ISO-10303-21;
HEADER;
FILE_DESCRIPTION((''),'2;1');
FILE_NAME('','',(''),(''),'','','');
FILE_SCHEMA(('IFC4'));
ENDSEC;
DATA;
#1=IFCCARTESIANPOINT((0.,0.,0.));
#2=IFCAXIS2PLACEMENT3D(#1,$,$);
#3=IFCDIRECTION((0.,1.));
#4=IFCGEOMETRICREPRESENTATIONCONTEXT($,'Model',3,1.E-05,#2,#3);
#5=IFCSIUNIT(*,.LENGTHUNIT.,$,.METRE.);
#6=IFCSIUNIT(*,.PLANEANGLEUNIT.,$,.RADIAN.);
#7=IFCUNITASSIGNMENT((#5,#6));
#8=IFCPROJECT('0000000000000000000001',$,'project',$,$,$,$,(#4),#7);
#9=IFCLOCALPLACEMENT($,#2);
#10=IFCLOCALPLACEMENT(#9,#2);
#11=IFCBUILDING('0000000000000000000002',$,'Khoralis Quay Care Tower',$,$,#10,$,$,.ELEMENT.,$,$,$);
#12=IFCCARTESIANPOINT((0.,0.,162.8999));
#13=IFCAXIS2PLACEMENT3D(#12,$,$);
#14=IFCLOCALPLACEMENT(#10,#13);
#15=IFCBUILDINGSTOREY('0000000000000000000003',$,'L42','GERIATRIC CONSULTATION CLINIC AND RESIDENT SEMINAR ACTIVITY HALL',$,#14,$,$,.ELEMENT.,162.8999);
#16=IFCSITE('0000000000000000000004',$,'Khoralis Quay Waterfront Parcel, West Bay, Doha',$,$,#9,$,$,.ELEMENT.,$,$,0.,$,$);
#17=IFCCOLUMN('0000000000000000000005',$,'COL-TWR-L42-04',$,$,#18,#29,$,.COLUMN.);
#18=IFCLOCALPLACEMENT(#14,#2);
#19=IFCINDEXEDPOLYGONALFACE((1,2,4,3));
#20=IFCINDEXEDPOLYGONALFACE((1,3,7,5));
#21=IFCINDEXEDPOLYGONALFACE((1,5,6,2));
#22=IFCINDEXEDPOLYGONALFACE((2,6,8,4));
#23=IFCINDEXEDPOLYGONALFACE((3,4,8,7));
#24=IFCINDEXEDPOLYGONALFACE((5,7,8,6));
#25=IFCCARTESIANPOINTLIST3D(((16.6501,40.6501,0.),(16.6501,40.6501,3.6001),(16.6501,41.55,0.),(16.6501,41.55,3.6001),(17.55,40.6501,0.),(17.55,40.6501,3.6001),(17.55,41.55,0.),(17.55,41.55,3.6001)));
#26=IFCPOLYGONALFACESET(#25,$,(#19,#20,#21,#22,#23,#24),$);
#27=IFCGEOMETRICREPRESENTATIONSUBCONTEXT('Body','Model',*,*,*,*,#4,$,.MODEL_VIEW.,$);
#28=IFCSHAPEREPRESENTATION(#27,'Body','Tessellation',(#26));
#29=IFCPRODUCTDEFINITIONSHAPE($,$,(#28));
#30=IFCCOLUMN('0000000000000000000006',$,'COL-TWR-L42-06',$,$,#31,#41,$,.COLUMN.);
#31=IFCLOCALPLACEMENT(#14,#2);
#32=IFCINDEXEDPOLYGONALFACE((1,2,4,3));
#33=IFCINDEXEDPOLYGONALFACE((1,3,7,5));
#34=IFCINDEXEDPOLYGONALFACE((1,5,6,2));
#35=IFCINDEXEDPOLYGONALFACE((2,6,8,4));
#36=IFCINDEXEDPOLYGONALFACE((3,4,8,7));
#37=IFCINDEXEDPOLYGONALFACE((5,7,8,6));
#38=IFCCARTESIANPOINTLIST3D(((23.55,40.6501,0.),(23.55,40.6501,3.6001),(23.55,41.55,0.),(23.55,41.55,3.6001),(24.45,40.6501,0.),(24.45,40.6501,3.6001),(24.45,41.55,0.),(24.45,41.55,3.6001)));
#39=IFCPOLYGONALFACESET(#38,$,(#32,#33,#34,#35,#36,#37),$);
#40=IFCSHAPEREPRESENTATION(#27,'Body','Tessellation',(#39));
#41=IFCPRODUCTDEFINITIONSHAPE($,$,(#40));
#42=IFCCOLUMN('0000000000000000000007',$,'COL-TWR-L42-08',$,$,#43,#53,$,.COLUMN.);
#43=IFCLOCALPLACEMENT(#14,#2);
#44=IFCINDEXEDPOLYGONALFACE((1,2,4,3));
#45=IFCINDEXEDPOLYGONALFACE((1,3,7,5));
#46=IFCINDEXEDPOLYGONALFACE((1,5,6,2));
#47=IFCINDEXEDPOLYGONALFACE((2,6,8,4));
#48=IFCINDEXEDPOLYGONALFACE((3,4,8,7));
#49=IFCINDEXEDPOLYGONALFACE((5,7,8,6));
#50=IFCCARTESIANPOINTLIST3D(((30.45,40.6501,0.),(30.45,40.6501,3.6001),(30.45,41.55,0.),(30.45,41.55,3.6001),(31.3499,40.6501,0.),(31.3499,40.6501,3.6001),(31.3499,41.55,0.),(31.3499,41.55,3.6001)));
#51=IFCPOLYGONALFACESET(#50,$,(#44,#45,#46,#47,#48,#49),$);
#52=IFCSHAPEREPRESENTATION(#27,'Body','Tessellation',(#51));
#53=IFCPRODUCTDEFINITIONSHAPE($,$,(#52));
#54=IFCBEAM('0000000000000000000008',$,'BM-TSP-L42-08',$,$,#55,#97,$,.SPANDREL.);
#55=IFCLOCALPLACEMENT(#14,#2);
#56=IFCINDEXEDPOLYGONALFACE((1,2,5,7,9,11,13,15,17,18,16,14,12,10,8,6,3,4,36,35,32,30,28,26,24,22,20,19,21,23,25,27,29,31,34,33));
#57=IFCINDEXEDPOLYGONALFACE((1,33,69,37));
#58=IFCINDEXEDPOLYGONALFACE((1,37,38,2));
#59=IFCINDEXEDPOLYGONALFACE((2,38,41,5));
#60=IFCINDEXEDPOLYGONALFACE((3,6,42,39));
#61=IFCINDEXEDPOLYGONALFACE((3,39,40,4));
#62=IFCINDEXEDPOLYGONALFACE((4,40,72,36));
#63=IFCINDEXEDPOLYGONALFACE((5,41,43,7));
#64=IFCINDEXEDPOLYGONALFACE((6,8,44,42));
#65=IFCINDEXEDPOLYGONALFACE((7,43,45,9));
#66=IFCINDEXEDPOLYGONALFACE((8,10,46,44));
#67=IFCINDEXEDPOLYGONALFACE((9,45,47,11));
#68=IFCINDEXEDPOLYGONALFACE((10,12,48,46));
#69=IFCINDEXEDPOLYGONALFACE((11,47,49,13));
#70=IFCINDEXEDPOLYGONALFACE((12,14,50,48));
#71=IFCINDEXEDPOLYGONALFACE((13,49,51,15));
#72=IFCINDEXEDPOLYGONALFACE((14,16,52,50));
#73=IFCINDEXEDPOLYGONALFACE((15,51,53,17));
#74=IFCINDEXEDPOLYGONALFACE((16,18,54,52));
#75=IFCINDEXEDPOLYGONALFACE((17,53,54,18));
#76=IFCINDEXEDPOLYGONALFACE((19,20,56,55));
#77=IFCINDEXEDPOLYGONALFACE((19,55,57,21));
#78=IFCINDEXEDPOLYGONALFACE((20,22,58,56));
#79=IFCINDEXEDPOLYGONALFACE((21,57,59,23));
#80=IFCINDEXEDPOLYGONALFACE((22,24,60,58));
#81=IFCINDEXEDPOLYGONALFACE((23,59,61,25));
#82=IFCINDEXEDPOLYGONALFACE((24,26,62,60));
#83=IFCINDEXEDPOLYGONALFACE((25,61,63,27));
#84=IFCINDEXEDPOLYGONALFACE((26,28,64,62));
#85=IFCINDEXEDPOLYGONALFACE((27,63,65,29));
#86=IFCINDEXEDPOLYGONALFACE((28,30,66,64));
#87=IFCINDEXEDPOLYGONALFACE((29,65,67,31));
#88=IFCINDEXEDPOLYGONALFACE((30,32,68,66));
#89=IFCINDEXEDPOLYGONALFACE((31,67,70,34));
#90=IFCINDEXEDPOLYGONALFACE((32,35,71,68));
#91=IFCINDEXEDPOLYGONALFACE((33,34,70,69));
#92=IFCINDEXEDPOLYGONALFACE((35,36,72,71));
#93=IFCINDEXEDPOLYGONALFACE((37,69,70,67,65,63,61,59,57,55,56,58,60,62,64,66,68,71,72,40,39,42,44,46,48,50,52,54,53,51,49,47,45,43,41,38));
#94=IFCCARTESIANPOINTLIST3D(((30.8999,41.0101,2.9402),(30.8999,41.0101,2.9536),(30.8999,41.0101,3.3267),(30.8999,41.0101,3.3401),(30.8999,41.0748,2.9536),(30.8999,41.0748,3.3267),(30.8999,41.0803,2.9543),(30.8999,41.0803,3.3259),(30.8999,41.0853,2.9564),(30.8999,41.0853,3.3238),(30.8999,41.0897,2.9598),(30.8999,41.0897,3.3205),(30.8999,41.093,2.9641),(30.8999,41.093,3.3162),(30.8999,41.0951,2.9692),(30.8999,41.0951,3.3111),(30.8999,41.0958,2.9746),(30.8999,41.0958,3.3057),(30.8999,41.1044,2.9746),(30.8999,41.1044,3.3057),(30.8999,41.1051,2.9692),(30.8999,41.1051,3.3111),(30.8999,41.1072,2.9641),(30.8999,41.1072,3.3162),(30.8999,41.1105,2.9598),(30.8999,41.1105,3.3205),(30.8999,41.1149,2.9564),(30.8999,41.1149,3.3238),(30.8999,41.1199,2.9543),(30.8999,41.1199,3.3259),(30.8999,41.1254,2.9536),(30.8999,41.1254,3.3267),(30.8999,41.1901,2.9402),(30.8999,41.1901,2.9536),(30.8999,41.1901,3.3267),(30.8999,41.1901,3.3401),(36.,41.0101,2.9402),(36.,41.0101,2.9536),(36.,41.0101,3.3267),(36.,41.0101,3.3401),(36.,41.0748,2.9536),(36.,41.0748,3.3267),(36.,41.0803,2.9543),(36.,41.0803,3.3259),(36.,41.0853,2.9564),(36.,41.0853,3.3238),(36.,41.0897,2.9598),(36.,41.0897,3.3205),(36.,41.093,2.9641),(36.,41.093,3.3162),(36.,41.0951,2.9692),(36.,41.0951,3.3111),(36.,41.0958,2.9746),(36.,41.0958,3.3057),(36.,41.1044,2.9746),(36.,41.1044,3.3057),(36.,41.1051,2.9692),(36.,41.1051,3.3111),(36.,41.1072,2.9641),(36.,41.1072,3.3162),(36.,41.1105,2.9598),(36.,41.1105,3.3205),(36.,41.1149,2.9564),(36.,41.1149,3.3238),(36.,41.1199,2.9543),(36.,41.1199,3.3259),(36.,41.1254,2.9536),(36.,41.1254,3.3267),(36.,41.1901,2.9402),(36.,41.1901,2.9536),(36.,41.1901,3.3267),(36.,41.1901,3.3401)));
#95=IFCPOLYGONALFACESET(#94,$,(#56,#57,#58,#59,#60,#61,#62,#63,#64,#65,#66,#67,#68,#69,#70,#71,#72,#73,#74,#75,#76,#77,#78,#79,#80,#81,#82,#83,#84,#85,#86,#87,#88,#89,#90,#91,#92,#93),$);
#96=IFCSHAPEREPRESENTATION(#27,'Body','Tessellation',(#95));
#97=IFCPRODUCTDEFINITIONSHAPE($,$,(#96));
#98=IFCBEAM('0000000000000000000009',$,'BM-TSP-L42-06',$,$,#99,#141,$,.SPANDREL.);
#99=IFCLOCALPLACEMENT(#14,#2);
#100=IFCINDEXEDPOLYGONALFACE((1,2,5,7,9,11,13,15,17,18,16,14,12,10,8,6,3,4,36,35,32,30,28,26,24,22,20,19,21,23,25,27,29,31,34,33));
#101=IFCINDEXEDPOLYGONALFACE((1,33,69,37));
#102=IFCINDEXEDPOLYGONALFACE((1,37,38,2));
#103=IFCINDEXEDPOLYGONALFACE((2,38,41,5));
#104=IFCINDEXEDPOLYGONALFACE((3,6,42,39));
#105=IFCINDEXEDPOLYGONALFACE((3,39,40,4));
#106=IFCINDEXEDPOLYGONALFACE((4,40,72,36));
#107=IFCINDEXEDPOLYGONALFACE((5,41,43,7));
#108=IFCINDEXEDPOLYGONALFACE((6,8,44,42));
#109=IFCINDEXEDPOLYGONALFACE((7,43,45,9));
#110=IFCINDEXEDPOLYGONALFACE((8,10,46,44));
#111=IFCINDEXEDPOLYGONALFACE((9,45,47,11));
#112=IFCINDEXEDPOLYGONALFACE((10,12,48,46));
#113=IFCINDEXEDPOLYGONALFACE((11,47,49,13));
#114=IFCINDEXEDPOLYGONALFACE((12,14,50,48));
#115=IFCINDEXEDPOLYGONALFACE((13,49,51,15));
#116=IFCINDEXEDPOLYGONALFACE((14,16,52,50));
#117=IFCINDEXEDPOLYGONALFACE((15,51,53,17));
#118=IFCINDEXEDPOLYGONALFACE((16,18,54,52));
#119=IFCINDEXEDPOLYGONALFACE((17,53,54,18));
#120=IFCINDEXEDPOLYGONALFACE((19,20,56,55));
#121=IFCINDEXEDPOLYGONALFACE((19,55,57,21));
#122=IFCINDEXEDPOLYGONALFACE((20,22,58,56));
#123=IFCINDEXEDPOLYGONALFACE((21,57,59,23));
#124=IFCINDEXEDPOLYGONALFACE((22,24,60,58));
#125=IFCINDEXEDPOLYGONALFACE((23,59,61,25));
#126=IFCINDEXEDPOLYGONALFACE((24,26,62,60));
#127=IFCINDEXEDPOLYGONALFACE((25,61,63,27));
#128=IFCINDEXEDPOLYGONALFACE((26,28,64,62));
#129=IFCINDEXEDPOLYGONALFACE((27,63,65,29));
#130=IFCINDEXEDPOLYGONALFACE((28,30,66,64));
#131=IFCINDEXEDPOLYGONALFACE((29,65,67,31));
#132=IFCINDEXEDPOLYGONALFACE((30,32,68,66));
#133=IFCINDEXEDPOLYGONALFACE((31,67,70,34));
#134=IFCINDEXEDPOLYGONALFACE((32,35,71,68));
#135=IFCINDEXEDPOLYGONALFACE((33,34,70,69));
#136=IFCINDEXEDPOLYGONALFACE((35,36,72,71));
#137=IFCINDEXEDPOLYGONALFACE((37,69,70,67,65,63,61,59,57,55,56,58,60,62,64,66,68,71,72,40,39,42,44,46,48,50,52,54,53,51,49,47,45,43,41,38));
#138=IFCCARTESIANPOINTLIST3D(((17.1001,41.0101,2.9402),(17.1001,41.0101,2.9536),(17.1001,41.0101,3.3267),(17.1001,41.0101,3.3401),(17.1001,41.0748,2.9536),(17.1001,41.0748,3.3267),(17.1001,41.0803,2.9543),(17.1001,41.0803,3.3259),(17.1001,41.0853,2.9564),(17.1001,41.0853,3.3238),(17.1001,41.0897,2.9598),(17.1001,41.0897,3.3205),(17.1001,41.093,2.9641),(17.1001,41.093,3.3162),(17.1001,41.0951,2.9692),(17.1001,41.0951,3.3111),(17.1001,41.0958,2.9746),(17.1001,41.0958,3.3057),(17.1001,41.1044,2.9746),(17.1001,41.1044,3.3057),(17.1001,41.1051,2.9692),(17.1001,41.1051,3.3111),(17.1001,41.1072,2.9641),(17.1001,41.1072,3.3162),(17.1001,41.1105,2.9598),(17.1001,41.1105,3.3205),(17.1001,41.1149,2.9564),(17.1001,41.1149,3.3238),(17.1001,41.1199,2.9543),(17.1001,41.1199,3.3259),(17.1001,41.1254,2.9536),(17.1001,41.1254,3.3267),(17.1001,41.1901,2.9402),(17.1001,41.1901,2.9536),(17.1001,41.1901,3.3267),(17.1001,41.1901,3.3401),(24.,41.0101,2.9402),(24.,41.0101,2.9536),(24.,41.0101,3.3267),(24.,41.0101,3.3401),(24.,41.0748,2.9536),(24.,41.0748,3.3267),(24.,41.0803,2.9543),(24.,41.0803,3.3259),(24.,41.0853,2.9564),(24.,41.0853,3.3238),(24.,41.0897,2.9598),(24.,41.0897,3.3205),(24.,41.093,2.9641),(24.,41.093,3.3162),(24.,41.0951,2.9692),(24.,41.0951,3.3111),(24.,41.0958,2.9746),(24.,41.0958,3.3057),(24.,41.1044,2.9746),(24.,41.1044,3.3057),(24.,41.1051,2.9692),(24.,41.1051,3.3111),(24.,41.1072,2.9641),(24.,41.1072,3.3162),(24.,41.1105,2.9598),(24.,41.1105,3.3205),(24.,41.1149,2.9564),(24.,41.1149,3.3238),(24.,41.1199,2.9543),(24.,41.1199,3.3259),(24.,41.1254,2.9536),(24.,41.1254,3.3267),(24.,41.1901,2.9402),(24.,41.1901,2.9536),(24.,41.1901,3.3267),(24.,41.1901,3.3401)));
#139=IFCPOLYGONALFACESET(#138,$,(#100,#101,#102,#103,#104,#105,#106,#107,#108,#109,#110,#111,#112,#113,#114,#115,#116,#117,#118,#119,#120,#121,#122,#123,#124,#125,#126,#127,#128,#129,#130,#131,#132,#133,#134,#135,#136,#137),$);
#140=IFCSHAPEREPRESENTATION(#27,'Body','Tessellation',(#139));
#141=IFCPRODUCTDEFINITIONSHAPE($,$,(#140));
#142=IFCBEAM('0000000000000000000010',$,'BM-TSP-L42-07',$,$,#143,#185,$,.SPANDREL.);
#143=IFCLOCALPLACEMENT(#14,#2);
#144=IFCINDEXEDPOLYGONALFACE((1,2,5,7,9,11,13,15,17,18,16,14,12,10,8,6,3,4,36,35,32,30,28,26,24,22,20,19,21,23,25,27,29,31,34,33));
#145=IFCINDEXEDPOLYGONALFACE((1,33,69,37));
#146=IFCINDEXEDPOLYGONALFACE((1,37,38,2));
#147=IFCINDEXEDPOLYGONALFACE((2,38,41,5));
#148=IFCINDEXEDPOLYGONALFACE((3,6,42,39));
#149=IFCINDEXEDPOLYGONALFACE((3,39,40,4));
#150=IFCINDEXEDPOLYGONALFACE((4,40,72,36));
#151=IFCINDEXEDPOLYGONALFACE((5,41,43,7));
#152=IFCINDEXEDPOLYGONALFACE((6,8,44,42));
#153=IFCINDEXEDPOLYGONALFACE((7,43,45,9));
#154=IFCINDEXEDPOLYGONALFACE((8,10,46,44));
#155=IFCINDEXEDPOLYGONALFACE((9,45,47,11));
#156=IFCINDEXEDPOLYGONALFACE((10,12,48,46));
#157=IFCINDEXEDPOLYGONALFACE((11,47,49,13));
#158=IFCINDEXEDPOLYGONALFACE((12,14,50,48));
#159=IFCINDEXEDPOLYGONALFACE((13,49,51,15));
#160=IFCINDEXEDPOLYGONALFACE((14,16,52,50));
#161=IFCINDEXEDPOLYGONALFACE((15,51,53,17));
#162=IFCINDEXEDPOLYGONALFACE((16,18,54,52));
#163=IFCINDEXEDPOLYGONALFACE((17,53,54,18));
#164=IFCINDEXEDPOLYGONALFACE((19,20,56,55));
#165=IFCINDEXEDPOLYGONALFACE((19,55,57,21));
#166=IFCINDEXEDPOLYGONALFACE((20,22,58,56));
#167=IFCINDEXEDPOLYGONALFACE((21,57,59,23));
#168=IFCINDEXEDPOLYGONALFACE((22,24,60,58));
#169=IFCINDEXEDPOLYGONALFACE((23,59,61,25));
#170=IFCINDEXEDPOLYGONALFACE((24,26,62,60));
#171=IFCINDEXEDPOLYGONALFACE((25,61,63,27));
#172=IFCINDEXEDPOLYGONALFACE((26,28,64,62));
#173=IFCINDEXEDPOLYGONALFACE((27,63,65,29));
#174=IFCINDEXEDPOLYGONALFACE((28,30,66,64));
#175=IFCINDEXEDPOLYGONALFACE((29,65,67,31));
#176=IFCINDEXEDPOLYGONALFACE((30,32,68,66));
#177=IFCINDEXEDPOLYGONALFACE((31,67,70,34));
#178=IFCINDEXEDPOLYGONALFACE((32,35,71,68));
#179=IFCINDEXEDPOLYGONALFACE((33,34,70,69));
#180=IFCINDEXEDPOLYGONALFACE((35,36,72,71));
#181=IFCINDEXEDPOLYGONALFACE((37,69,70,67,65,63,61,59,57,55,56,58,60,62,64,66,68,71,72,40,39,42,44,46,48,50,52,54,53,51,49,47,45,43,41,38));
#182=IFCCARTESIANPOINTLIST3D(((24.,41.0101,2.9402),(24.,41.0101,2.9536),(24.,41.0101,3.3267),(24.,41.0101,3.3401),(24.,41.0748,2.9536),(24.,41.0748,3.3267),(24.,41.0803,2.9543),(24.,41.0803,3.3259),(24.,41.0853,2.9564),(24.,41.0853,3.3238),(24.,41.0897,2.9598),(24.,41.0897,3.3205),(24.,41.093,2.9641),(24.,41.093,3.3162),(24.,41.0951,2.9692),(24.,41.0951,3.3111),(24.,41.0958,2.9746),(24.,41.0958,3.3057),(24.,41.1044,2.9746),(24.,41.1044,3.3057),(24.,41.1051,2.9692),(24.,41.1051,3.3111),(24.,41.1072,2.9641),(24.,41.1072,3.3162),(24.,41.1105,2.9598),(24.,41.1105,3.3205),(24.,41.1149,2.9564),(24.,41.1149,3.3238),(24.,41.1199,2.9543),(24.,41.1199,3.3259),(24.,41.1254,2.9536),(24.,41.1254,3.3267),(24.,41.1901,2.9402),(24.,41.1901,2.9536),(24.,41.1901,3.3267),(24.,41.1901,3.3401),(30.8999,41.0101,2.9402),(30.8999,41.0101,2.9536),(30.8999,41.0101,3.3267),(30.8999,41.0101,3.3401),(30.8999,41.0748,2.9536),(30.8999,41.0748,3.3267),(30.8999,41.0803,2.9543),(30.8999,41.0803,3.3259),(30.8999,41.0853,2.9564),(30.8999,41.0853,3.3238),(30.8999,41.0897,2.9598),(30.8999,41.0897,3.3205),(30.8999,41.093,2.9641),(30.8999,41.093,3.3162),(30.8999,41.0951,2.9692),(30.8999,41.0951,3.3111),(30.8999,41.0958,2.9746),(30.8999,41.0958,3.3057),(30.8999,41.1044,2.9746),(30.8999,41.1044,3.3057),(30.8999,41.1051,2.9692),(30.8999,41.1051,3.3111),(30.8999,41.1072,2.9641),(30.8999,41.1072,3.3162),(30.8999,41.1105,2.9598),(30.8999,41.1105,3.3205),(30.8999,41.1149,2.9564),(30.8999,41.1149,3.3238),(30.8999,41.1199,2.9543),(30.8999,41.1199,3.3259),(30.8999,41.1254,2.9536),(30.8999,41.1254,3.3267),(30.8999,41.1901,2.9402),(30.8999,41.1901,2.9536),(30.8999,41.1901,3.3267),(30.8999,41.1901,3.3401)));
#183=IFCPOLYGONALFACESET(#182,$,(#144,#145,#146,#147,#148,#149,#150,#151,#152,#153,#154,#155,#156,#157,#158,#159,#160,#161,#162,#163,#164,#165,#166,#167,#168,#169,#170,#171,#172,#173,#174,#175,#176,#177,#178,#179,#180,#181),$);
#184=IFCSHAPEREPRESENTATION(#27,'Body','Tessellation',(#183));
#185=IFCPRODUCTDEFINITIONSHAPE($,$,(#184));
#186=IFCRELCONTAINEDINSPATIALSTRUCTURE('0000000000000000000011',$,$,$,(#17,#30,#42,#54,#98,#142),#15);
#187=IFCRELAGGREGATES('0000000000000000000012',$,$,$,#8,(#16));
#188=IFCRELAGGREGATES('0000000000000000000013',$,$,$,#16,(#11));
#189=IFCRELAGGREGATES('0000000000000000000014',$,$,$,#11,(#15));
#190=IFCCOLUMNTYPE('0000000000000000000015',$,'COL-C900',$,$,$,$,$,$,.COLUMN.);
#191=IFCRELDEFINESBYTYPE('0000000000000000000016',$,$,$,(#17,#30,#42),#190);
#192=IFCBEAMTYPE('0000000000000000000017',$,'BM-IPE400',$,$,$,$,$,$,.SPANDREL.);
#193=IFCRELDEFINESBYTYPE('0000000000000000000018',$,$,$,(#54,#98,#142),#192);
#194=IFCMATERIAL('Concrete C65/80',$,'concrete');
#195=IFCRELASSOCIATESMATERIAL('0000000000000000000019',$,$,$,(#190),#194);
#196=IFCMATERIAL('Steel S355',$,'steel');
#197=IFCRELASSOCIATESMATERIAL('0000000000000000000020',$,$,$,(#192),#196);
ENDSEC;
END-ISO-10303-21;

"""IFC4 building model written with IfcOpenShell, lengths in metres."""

from ifc_helpers import new_model, si_unit, direction, frame, origin, origin_2d, place, context, subcontext, project, spatial, rectangle, i_section, extrude, source, transform, mapped, material, material_profile, profile_set, type_object, element, save


model = new_model("IFC4")

# Units and contexts
model_context = context("Model", 3, precision=1e-05, world=origin(), true_north=direction((0.0, 1.0)))
body_context = subcontext(model_context, "Body", "Model", "MODEL_VIEW")
ifc_project = project(units=[si_unit("LENGTHUNIT", "METRE"), si_unit("PLANEANGLEUNIT", "RADIAN")], contexts=[model_context])

# Site, building, storey
site_placement = place(None, origin())
site = spatial("IfcSite", under=ifc_project, at=site_placement, Name="Khoralis Quay Waterfront Parcel, West Bay, Doha", CompositionType="ELEMENT", RefElevation=0.0)
building_placement = place(site_placement, origin())
building = spatial("IfcBuilding", under=site, at=building_placement, Name="Khoralis Quay Care Tower", CompositionType="ELEMENT")
storey_placement = place(building_placement, frame((0.0, 0.0, 162.8999)))
storey = spatial("IfcBuildingStorey", under=building, at=storey_placement, Name="L42", Description="GERIATRIC CONSULTATION CLINIC AND RESIDENT SEMINAR ACTIVITY HALL", CompositionType="ELEMENT", Elevation=162.8999)

# Columns
ifc_material_1 = material(Name="Concrete C65/80", Category="concrete")
ifc_material_profile_1 = material_profile(ifc_material_1, rectangle(XDim=0.8999, YDim=0.8999, at=origin_2d()), Name="Concrete C65/80")
ifc_profile_set_1 = profile_set([ifc_material_profile_1], Name="Concrete C65/80")
column_type = type_object("IfcColumnType", Name="COL-C900", PredefinedType="COLUMN", material=ifc_profile_set_1)
shared_shape_1 = source(origin(), body_context, "Body", "SweptSolid", [
    extrude(rectangle(XDim=0.8999, YDim=0.8999, at=origin_2d()), origin(), (0.0, 0.0, 1.0), 3.6001),
])
for number, where, z_axis, x_axis, name in (
    (1, (17.1001, 41.1001, 0.0), (0.0, 0.0, 1.0), (1.0, 0.0, 0.0), "COL-TWR-L42-04"),
    (2, (24.0, 41.1001, 0.0), (0.0, 0.0, 1.0), (1.0, 0.0, 0.0), "COL-TWR-L42-06"),
    (3, (30.8999, 41.1001, 0.0), (0.0, 0.0, 1.0), (1.0, 0.0, 0.0), "COL-TWR-L42-08"),
):
    element("IfcColumn", number, at=place(storey_placement, frame(where, z_axis=z_axis, x_axis=x_axis)), inside=storey, type_object=column_type, Name=name, PredefinedType="COLUMN", context=body_context, shape_type="MappedRepresentation", body=[
        mapped(shared_shape_1, transform((0.0, 0.0, 0.0), scale=1.0)),
    ])

# Beams
ifc_material_2 = material(Name="Steel S355", Category="steel")
ifc_material_profile_2 = material_profile(ifc_material_2, i_section(OverallWidth=0.1799, OverallDepth=0.3999, WebThickness=0.0085, FlangeThickness=0.0134, FilletRadius=0.021, at=origin_2d()), Name="Steel S355")
ifc_profile_set_2 = profile_set([ifc_material_profile_2], Name="Steel S355")
beam_type_1 = type_object("IfcBeamType", Name="BM-IPE400", PredefinedType="SPANDREL", material=ifc_profile_set_2)
shared_shape_2 = source(origin(), body_context, "Body", "SweptSolid", [
    extrude(i_section(OverallWidth=0.1799, OverallDepth=0.3999, WebThickness=0.0085, FlangeThickness=0.0134, FilletRadius=0.021, at=origin_2d()), origin(), (0.0, 0.0, 1.0), 5.1001),
])
beam_1_placement = place(storey_placement, frame((30.8999, 41.1001, 3.1401), z_axis=(1.0, 0.0, 0.0), x_axis=(0.0, 1.0, 0.0)))
element("IfcBeam", 4, at=beam_1_placement, inside=storey, type_object=beam_type_1, Name="BM-TSP-L42-08", PredefinedType="SPANDREL", context=body_context, shape_type="MappedRepresentation", body=[
    mapped(shared_shape_2, transform((0.0, 0.0, 0.0), scale=1.0)),
])
shared_shape_3 = source(origin(), body_context, "Body", "SweptSolid", [
    extrude(i_section(OverallWidth=0.1799, OverallDepth=0.3999, WebThickness=0.0085, FlangeThickness=0.0134, FilletRadius=0.021, at=origin_2d()), origin(), (0.0, 0.0, 1.0), 6.8999),
])
for number, where, z_axis, x_axis, name in (
    (5, (17.1001, 41.1001, 3.1401), (1.0, 0.0, 0.0), (0.0, 1.0, 0.0), "BM-TSP-L42-06"),
    (6, (24.0, 41.1001, 3.1401), (1.0, 0.0, 0.0), (0.0, 1.0, 0.0), "BM-TSP-L42-07"),
):
    element("IfcBeam", number, at=place(storey_placement, frame(where, z_axis=z_axis, x_axis=x_axis)), inside=storey, type_object=beam_type_1, Name=name, PredefinedType="SPANDREL", context=body_context, shape_type="MappedRepresentation", body=[
        mapped(shared_shape_3, transform((0.0, 0.0, 0.0), scale=1.0)),
    ])

save(model, "model.ifc")
